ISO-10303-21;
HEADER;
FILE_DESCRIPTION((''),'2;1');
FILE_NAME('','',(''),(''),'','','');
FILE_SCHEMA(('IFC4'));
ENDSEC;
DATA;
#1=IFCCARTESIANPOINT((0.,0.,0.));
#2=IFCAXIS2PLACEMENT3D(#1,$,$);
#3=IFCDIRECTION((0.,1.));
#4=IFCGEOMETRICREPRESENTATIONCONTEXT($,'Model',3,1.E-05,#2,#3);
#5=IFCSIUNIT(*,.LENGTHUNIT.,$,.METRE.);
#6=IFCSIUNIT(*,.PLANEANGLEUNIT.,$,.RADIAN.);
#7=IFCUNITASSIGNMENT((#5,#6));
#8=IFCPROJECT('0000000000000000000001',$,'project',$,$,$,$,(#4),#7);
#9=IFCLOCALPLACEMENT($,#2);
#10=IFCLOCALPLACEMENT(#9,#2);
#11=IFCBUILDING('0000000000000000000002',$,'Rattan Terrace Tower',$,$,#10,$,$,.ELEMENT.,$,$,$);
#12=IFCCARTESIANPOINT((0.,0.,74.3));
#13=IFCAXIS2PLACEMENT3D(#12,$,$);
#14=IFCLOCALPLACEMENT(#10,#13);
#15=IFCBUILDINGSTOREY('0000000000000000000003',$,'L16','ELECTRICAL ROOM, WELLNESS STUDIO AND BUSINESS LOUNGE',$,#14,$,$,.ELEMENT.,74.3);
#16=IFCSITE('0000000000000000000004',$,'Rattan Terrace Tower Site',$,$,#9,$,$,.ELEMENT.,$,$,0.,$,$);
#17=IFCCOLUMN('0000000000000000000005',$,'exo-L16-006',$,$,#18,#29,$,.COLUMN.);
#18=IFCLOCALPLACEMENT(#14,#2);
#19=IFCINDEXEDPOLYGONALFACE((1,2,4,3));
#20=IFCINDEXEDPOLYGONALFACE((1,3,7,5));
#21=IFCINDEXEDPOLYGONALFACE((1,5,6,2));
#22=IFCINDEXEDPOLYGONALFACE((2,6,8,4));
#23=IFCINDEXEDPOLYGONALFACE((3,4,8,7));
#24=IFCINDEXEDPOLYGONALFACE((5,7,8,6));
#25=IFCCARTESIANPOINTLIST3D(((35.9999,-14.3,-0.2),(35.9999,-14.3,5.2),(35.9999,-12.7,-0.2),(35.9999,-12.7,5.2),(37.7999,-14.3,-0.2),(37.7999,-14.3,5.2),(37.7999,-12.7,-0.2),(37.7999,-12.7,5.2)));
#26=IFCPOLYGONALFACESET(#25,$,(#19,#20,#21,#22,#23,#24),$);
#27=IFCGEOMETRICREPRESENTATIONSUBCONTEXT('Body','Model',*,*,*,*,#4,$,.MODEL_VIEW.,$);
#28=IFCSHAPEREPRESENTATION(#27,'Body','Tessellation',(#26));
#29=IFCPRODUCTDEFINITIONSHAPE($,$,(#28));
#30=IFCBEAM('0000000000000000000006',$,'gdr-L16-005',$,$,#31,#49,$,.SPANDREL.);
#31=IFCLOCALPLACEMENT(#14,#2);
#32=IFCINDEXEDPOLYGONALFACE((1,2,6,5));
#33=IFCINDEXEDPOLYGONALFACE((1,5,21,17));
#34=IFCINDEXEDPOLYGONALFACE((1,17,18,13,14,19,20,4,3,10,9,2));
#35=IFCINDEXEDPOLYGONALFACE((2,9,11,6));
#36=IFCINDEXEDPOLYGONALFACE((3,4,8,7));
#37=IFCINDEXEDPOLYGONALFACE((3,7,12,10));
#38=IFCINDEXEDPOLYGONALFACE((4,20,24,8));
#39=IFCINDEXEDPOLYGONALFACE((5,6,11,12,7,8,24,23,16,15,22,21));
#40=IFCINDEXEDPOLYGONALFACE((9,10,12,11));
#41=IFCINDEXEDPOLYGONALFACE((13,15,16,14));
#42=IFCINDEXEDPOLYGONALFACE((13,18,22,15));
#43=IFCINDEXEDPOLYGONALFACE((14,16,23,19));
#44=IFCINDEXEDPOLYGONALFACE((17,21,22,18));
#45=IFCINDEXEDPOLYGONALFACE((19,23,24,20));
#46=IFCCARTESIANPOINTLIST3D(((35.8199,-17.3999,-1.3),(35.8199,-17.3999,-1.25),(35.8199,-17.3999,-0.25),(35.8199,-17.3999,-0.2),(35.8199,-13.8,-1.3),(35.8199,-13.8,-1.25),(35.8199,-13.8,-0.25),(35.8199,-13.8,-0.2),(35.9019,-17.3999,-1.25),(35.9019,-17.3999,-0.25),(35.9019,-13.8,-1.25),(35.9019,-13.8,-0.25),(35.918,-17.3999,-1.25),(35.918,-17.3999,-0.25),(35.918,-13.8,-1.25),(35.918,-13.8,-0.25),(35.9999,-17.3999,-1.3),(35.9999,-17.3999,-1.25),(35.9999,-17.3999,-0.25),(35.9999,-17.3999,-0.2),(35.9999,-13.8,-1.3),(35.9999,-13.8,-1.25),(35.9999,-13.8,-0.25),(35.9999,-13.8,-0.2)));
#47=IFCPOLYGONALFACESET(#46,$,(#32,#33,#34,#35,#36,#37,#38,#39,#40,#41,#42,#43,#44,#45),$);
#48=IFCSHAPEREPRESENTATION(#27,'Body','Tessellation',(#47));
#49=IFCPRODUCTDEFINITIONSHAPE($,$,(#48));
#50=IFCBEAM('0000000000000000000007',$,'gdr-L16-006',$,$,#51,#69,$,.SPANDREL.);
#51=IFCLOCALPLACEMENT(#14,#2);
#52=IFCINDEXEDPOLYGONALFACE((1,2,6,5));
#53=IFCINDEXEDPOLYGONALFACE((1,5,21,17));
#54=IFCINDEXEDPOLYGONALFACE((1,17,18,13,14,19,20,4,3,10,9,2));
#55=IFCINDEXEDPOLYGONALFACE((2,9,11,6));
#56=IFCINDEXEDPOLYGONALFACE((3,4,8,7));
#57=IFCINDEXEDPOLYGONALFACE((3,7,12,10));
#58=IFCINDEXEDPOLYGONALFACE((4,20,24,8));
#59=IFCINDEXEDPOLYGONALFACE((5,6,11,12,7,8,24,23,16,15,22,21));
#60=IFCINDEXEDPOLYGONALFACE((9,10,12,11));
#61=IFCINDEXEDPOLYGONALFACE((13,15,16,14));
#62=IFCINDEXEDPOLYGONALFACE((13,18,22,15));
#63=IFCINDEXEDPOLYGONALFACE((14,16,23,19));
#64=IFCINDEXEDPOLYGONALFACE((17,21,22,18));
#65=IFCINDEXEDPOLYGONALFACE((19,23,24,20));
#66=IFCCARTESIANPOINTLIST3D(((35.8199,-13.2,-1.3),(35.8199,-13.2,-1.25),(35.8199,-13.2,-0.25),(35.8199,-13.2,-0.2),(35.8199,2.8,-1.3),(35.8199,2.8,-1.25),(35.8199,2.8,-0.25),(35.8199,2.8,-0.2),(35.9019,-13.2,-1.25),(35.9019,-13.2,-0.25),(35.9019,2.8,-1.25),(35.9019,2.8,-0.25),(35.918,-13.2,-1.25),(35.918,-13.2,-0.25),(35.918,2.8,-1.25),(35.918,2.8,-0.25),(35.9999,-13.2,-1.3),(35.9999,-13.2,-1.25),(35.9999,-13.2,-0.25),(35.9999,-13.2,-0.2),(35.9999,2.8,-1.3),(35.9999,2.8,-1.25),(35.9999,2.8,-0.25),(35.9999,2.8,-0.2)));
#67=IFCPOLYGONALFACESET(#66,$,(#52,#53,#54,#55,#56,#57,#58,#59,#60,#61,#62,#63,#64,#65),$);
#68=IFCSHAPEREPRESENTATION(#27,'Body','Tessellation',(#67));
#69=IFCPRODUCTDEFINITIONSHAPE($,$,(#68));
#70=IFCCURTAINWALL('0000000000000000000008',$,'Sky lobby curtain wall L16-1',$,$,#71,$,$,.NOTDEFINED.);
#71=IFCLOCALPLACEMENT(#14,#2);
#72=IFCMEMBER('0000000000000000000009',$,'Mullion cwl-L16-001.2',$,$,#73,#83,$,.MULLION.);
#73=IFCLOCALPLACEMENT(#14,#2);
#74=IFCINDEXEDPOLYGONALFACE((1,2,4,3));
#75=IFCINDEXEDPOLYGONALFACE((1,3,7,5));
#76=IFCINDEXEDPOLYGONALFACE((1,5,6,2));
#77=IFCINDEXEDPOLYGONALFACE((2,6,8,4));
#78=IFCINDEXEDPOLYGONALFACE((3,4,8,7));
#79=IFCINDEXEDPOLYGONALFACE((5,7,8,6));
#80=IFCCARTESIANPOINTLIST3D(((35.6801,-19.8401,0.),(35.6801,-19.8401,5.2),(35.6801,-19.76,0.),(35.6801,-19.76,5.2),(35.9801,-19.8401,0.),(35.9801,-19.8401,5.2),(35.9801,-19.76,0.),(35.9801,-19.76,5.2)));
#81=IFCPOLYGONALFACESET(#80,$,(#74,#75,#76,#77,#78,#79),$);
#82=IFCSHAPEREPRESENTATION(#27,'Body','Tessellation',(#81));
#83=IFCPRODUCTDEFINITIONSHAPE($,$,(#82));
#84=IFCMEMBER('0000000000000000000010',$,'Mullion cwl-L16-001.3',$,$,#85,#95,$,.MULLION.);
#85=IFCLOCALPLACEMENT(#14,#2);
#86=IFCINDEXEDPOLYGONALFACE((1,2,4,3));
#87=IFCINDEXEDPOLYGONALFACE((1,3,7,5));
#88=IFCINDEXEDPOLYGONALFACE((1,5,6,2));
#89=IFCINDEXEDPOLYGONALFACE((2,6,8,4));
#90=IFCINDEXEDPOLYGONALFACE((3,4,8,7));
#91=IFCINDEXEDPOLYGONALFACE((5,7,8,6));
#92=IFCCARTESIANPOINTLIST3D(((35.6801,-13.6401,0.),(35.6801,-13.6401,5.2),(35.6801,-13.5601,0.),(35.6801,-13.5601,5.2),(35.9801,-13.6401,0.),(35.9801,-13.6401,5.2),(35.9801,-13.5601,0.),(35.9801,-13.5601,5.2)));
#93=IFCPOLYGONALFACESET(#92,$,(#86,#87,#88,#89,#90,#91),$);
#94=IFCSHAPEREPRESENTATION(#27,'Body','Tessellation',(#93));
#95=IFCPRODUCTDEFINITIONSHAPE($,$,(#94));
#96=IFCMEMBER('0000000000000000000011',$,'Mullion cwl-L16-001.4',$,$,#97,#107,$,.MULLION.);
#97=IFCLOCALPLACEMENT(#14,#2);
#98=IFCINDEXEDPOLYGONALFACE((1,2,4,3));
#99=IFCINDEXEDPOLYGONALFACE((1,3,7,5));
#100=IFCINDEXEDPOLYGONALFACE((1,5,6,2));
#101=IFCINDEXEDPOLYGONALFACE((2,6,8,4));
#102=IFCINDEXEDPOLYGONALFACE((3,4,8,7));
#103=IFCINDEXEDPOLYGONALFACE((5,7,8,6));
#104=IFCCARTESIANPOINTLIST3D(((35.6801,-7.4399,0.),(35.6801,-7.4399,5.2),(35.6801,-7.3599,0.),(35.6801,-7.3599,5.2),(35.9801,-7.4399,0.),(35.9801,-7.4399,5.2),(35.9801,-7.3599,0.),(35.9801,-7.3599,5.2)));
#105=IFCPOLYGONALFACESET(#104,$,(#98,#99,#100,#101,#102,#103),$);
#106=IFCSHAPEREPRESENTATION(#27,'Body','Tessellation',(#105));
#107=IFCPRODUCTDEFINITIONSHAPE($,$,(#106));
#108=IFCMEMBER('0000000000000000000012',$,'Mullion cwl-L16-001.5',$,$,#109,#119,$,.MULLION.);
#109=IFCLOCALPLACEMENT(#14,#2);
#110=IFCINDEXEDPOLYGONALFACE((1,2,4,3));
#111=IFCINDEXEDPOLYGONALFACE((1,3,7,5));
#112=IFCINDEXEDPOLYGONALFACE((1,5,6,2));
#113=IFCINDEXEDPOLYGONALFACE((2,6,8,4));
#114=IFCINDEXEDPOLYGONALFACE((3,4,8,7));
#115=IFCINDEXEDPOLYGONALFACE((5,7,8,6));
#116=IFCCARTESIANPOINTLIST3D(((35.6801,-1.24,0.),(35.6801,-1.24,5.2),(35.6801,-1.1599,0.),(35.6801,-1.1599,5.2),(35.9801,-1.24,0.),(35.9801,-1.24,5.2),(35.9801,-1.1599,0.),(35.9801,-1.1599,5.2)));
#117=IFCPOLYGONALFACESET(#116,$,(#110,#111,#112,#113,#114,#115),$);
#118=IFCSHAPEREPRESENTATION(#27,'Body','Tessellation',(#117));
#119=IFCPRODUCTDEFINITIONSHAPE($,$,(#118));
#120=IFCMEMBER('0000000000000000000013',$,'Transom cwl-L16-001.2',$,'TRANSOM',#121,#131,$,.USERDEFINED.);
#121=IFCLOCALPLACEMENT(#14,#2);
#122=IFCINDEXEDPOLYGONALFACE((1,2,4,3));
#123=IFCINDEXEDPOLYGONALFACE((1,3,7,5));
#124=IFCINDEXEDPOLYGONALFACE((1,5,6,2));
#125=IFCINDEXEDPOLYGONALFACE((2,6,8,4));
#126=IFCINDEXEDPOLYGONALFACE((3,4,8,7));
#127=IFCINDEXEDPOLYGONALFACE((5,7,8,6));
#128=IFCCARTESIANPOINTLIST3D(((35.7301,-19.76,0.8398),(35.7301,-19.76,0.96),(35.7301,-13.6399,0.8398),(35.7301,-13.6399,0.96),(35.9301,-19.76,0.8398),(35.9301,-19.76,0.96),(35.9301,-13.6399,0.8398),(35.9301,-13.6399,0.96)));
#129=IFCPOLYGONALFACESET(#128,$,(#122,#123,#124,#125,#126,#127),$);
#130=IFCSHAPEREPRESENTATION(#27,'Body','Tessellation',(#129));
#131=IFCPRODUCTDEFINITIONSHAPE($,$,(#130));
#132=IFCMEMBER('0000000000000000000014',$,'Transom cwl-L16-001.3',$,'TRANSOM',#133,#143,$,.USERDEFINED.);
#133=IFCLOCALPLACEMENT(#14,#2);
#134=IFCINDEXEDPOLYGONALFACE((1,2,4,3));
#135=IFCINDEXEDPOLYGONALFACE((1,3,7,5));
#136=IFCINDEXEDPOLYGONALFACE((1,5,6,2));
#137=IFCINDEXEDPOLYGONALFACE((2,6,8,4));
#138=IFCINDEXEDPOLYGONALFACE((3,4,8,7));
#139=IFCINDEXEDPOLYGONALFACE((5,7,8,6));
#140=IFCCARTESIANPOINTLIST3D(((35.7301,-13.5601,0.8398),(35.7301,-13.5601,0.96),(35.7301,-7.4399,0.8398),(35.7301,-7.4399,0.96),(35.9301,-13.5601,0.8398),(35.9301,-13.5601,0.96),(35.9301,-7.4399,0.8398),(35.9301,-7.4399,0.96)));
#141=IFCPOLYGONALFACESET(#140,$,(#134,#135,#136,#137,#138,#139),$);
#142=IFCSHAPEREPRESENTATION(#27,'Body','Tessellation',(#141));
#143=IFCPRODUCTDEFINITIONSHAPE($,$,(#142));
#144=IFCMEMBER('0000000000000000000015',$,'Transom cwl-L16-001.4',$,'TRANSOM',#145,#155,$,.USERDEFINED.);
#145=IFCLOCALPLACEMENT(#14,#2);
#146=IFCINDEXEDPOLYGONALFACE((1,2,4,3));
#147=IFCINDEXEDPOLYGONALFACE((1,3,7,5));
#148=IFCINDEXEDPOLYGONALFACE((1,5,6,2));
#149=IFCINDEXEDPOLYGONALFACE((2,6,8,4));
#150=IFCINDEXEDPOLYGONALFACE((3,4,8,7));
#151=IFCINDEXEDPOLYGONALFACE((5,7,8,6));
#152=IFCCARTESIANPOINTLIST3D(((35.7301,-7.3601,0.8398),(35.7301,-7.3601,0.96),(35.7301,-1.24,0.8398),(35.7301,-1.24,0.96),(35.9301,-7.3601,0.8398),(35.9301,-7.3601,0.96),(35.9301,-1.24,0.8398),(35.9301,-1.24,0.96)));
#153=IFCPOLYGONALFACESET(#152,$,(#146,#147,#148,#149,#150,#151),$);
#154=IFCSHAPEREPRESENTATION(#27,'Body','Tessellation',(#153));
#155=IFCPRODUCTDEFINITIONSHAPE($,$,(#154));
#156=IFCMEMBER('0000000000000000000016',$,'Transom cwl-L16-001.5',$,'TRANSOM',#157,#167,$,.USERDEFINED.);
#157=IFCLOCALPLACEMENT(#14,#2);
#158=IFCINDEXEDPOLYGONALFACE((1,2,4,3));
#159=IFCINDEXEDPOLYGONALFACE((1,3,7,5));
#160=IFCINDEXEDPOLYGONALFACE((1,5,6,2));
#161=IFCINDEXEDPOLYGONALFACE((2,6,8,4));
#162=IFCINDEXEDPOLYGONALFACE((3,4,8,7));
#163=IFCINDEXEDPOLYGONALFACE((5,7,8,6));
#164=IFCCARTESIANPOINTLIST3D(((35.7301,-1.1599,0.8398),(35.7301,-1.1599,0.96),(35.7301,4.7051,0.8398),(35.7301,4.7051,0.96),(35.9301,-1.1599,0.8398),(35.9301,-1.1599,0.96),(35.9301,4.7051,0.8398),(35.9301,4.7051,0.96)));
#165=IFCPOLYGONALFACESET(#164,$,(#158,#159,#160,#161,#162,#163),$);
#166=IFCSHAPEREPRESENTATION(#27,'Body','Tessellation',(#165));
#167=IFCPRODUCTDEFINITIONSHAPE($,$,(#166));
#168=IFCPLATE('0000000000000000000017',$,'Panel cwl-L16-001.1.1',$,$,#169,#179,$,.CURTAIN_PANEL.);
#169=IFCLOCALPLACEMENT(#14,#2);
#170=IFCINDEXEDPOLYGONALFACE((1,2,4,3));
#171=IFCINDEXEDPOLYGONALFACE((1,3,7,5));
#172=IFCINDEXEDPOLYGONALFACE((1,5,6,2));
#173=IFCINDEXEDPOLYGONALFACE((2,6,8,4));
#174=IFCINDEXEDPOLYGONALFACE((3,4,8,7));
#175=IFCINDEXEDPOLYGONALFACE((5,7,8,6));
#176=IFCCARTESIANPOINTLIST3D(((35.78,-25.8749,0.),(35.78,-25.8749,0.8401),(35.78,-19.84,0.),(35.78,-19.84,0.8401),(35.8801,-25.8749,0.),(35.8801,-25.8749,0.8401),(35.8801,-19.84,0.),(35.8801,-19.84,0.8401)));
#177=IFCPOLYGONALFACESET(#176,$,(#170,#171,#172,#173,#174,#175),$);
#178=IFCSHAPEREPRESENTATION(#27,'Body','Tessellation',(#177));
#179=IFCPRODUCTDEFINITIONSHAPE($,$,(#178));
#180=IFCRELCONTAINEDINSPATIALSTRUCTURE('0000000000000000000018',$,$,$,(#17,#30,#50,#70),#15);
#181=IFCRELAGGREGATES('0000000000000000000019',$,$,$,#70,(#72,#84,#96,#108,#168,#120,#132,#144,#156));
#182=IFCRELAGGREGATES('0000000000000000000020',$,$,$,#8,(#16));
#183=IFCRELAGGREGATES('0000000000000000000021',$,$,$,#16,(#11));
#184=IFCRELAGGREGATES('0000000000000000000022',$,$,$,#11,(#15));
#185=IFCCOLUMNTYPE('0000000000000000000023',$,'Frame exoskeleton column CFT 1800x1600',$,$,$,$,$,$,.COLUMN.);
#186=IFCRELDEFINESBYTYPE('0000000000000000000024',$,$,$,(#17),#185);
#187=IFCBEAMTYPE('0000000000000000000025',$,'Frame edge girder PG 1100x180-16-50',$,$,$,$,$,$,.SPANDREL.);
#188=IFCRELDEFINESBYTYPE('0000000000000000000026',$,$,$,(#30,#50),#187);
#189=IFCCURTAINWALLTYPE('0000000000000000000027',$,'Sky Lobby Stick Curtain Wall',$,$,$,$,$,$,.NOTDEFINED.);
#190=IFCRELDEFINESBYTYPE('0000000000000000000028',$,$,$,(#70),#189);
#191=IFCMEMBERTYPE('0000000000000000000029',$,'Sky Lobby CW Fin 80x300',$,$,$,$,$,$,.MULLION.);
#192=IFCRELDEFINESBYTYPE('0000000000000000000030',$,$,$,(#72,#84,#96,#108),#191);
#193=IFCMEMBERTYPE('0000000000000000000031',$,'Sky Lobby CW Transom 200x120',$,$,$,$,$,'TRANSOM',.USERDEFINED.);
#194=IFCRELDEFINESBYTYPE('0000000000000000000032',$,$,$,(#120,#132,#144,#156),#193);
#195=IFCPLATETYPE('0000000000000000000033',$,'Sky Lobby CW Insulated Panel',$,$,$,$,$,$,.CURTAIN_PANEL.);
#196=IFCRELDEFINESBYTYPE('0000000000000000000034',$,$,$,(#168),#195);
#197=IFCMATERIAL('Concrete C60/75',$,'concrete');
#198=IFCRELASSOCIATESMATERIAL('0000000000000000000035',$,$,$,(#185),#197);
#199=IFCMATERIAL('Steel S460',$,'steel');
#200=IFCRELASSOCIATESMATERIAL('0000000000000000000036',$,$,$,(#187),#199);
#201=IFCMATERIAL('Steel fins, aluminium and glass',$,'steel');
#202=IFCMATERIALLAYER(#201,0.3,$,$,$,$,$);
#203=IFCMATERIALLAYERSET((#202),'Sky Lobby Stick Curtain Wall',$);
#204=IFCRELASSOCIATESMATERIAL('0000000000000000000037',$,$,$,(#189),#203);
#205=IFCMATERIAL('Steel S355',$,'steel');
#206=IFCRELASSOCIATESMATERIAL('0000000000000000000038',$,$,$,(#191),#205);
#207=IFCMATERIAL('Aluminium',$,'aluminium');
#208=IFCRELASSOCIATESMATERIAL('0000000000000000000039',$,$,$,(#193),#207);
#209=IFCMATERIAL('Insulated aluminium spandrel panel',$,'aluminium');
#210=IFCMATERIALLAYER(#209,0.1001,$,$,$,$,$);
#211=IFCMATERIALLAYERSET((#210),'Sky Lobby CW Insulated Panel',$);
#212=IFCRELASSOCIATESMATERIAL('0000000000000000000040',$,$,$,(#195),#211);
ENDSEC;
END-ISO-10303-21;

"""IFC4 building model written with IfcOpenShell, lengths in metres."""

from ifc_helpers import new_model, si_unit, direction, frame, origin, origin_2d, place, context, subcontext, project, spatial, rectangle, i_section, extrude, material, layer, layer_set, material_profile, profile_set, type_object, element, aggregate, save


model = new_model("IFC4")

# Units and contexts
model_context = context("Model", 3, precision=1e-05, world=origin(), true_north=direction((0.0, 1.0)))
body_context = subcontext(model_context, "Body", "Model", "MODEL_VIEW")
ifc_project = project(units=[si_unit("LENGTHUNIT", "METRE"), si_unit("PLANEANGLEUNIT", "RADIAN")], contexts=[model_context])

# Site, building, storey
site_placement = place(None, origin())
site = spatial("IfcSite", under=ifc_project, at=site_placement, Name="Rattan Terrace Tower Site", CompositionType="ELEMENT", RefElevation=0.0)
building_placement = place(site_placement, origin())
building = spatial("IfcBuilding", under=site, at=building_placement, Name="Rattan Terrace Tower", CompositionType="ELEMENT")
storey_placement = place(building_placement, frame((0.0, 0.0, 74.3)))
storey = spatial("IfcBuildingStorey", under=building, at=storey_placement, Name="L16", Description="ELECTRICAL ROOM, WELLNESS STUDIO AND BUSINESS LOUNGE", CompositionType="ELEMENT", Elevation=74.3)

# Column
ifc_material_1 = material(Name="Concrete C60/75", Category="concrete")
ifc_material_profile_1 = material_profile(ifc_material_1, rectangle(XDim=1.6001, YDim=1.8, at=origin_2d()), Name="CFT 1800x1600")
ifc_profile_set_1 = profile_set([ifc_material_profile_1], Name="Concrete C60/75")
column_type = type_object("IfcColumnType", Name="Frame exoskeleton column CFT 1800x1600", PredefinedType="COLUMN", material=ifc_profile_set_1)
column_placement = place(storey_placement, frame((36.8999, -13.5, -0.2), z_axis=(0.0, 0.0, 1.0), x_axis=(0.0, 1.0, 0.0)))
element("IfcColumn", 1, at=column_placement, inside=storey, type_object=column_type, Name="exo-L16-006", PredefinedType="COLUMN", context=body_context, shape_type="SweptSolid", body=[
    extrude(rectangle(XDim=1.6001, YDim=1.8, at=origin_2d()), origin(), (0.0, 0.0, 1.0), 5.3999),
])

# Beams
ifc_material_2 = material(Name="Steel S460", Category="steel")
ifc_material_profile_2 = material_profile(ifc_material_2, i_section(OverallWidth=0.1799, OverallDepth=1.1001, WebThickness=0.0161, FlangeThickness=0.05, at=origin_2d()), Name="PG 1100x180-16-50")
ifc_profile_set_2 = profile_set([ifc_material_profile_2], Name="Steel S460")
beam_type = type_object("IfcBeamType", Name="Frame edge girder PG 1100x180-16-50", PredefinedType="SPANDREL", material=ifc_profile_set_2)
beam_1_placement = place(storey_placement, frame((35.9099, -13.8, -0.75), z_axis=(0.0, -1.0, 0.0), x_axis=(1.0, 0.0, 0.0)))
element("IfcBeam", 2, at=beam_1_placement, inside=storey, type_object=beam_type, Name="gdr-L16-005", PredefinedType="SPANDREL", context=body_context, shape_type="SweptSolid", body=[
    extrude(i_section(OverallWidth=0.1799, OverallDepth=1.1001, WebThickness=0.0161, FlangeThickness=0.05, at=origin_2d()), origin(), (0.0, 0.0, 1.0), 3.5999),
])
beam_2_placement = place(storey_placement, frame((35.9099, -13.2, -0.75), z_axis=(0.0, 1.0, 0.0), x_axis=(-1.0, 0.0, 0.0)))
element("IfcBeam", 3, at=beam_2_placement, inside=storey, type_object=beam_type, Name="gdr-L16-006", PredefinedType="SPANDREL", context=body_context, shape_type="SweptSolid", body=[
    extrude(i_section(OverallWidth=0.1799, OverallDepth=1.1001, WebThickness=0.0161, FlangeThickness=0.05, at=origin_2d()), origin(), (0.0, 0.0, 1.0), 16.0),
])

# Curtain wall, members, plate
ifc_material_3 = material(Name="Steel fins, aluminium and glass", Category="steel")
ifc_layer_1 = layer(ifc_material_3, 0.3)
ifc_layer_set_1 = layer_set([ifc_layer_1], Name="Sky Lobby Stick Curtain Wall")
curtain_wall_type = type_object("IfcCurtainWallType", Name="Sky Lobby Stick Curtain Wall", PredefinedType="NOTDEFINED", material=ifc_layer_set_1)
curtain_wall_placement = place(storey_placement, origin())
curtain_wall = element("IfcCurtainWall", 4, at=curtain_wall_placement, inside=storey, type_object=curtain_wall_type, Name="Sky lobby curtain wall L16-1", PredefinedType="NOTDEFINED")
ifc_material_4 = material(Name="Steel S355", Category="steel")
ifc_material_profile_3 = material_profile(ifc_material_4, rectangle(XDim=0.0801, YDim=0.3, at=origin_2d()), Name="Steel S355 80x300")
ifc_profile_set_3 = profile_set([ifc_material_profile_3], Name="Steel S355")
member_type_1 = type_object("IfcMemberType", Name="Sky Lobby CW Fin 80x300", PredefinedType="MULLION", material=ifc_profile_set_3)
member_1_placement = place(storey_placement, frame((35.8301, -19.8, 0.0), z_axis=(0.0, 0.0, 1.0), x_axis=(0.0, 1.0, 0.0)))
member_1 = element("IfcMember", 5, at=member_1_placement, type_object=member_type_1, Name="Mullion cwl-L16-001.2", PredefinedType="MULLION", context=body_context, shape_type="SweptSolid", body=[
    extrude(rectangle(XDim=0.0801, YDim=0.3, at=origin_2d()), origin(), (0.0, 0.0, 1.0), 5.2),
])
member_2_placement = place(storey_placement, frame((35.8301, -13.6001, 0.0), z_axis=(0.0, 0.0, 1.0), x_axis=(0.0, 1.0, 0.0)))
member_2 = element("IfcMember", 6, at=member_2_placement, type_object=member_type_1, Name="Mullion cwl-L16-001.3", PredefinedType="MULLION", context=body_context, shape_type="SweptSolid", body=[
    extrude(rectangle(XDim=0.0801, YDim=0.3, at=origin_2d()), origin(), (0.0, 0.0, 1.0), 5.2),
])
member_3_placement = place(storey_placement, frame((35.8301, -7.3999, 0.0), z_axis=(0.0, 0.0, 1.0), x_axis=(0.0, 1.0, 0.0)))
member_3 = element("IfcMember", 7, at=member_3_placement, type_object=member_type_1, Name="Mullion cwl-L16-001.4", PredefinedType="MULLION", context=body_context, shape_type="SweptSolid", body=[
    extrude(rectangle(XDim=0.0801, YDim=0.3, at=origin_2d()), origin(), (0.0, 0.0, 1.0), 5.2),
])
member_4_placement = place(storey_placement, frame((35.8301, -1.2, 0.0), z_axis=(0.0, 0.0, 1.0), x_axis=(0.0, 1.0, 0.0)))
member_4 = element("IfcMember", 8, at=member_4_placement, type_object=member_type_1, Name="Mullion cwl-L16-001.5", PredefinedType="MULLION", context=body_context, shape_type="SweptSolid", body=[
    extrude(rectangle(XDim=0.0801, YDim=0.3, at=origin_2d()), origin(), (0.0, 0.0, 1.0), 5.2),
])
ifc_material_5 = material(Name="Aluminium", Category="aluminium")
ifc_material_profile_4 = material_profile(ifc_material_5, rectangle(XDim=0.2, YDim=0.1201, at=origin_2d()), Name="Aluminium 200x120")
ifc_profile_set_4 = profile_set([ifc_material_profile_4], Name="Aluminium")
member_type_2 = type_object("IfcMemberType", Name="Sky Lobby CW Transom 200x120", ElementType="TRANSOM", PredefinedType="USERDEFINED", material=ifc_profile_set_4)
member_5_placement = place(storey_placement, frame((35.8301, -19.76, 0.8999), z_axis=(0.0, 1.0, 0.0), x_axis=(-1.0, 0.0, 0.0)))
member_5 = element("IfcMember", 9, at=member_5_placement, type_object=member_type_2, Name="Transom cwl-L16-001.2", ObjectType="TRANSOM", PredefinedType="USERDEFINED", context=body_context, shape_type="SweptSolid", body=[
    extrude(rectangle(XDim=0.2, YDim=0.1201, at=origin_2d()), origin(), (0.0, 0.0, 1.0), 6.1201),
])
member_6_placement = place(storey_placement, frame((35.8301, -13.5601, 0.8999), z_axis=(0.0, 1.0, 0.0), x_axis=(-1.0, 0.0, 0.0)))
member_6 = element("IfcMember", 10, at=member_6_placement, type_object=member_type_2, Name="Transom cwl-L16-001.3", ObjectType="TRANSOM", PredefinedType="USERDEFINED", context=body_context, shape_type="SweptSolid", body=[
    extrude(rectangle(XDim=0.2, YDim=0.1201, at=origin_2d()), origin(), (0.0, 0.0, 1.0), 6.1201),
])
member_7_placement = place(storey_placement, frame((35.8301, -7.3601, 0.8999), z_axis=(0.0, 1.0, 0.0), x_axis=(-1.0, 0.0, 0.0)))
member_7 = element("IfcMember", 11, at=member_7_placement, type_object=member_type_2, Name="Transom cwl-L16-001.4", ObjectType="TRANSOM", PredefinedType="USERDEFINED", context=body_context, shape_type="SweptSolid", body=[
    extrude(rectangle(XDim=0.2, YDim=0.1201, at=origin_2d()), origin(), (0.0, 0.0, 1.0), 6.1201),
])
member_8_placement = place(storey_placement, frame((35.8301, -1.1599, 0.8999), z_axis=(0.0, 1.0, 0.0), x_axis=(-1.0, 0.0, 0.0)))
member_8 = element("IfcMember", 12, at=member_8_placement, type_object=member_type_2, Name="Transom cwl-L16-001.5", ObjectType="TRANSOM", PredefinedType="USERDEFINED", context=body_context, shape_type="SweptSolid", body=[
    extrude(rectangle(XDim=0.2, YDim=0.1201, at=origin_2d()), origin(), (0.0, 0.0, 1.0), 5.865),
])
ifc_material_6 = material(Name="Insulated aluminium spandrel panel", Category="aluminium")
ifc_layer_2 = layer(ifc_material_6, 0.1001)
ifc_layer_set_2 = layer_set([ifc_layer_2], Name="Sky Lobby CW Insulated Panel")
plate_type_1 = type_object("IfcPlateType", Name="Sky Lobby CW Insulated Panel", PredefinedType="CURTAIN_PANEL", material=ifc_layer_set_2)
plate_1_placement = place(storey_placement, frame((35.8301, -22.8574, 0.0), z_axis=(0.0, 0.0, 1.0), x_axis=(0.0, 1.0, 0.0)))
plate_1 = element("IfcPlate", 13, at=plate_1_placement, type_object=plate_type_1, Name="Panel cwl-L16-001.1.1", PredefinedType="CURTAIN_PANEL", context=body_context, shape_type="SweptSolid", body=[
    extrude(rectangle(XDim=6.0349, YDim=0.1001, at=origin_2d()), origin(), (0.0, 0.0, 1.0), 0.8401),
])
aggregate(curtain_wall, [member_1, member_2, member_3, member_4, plate_1, member_5, member_6, member_7, member_8])

save(model, "model.ifc")
